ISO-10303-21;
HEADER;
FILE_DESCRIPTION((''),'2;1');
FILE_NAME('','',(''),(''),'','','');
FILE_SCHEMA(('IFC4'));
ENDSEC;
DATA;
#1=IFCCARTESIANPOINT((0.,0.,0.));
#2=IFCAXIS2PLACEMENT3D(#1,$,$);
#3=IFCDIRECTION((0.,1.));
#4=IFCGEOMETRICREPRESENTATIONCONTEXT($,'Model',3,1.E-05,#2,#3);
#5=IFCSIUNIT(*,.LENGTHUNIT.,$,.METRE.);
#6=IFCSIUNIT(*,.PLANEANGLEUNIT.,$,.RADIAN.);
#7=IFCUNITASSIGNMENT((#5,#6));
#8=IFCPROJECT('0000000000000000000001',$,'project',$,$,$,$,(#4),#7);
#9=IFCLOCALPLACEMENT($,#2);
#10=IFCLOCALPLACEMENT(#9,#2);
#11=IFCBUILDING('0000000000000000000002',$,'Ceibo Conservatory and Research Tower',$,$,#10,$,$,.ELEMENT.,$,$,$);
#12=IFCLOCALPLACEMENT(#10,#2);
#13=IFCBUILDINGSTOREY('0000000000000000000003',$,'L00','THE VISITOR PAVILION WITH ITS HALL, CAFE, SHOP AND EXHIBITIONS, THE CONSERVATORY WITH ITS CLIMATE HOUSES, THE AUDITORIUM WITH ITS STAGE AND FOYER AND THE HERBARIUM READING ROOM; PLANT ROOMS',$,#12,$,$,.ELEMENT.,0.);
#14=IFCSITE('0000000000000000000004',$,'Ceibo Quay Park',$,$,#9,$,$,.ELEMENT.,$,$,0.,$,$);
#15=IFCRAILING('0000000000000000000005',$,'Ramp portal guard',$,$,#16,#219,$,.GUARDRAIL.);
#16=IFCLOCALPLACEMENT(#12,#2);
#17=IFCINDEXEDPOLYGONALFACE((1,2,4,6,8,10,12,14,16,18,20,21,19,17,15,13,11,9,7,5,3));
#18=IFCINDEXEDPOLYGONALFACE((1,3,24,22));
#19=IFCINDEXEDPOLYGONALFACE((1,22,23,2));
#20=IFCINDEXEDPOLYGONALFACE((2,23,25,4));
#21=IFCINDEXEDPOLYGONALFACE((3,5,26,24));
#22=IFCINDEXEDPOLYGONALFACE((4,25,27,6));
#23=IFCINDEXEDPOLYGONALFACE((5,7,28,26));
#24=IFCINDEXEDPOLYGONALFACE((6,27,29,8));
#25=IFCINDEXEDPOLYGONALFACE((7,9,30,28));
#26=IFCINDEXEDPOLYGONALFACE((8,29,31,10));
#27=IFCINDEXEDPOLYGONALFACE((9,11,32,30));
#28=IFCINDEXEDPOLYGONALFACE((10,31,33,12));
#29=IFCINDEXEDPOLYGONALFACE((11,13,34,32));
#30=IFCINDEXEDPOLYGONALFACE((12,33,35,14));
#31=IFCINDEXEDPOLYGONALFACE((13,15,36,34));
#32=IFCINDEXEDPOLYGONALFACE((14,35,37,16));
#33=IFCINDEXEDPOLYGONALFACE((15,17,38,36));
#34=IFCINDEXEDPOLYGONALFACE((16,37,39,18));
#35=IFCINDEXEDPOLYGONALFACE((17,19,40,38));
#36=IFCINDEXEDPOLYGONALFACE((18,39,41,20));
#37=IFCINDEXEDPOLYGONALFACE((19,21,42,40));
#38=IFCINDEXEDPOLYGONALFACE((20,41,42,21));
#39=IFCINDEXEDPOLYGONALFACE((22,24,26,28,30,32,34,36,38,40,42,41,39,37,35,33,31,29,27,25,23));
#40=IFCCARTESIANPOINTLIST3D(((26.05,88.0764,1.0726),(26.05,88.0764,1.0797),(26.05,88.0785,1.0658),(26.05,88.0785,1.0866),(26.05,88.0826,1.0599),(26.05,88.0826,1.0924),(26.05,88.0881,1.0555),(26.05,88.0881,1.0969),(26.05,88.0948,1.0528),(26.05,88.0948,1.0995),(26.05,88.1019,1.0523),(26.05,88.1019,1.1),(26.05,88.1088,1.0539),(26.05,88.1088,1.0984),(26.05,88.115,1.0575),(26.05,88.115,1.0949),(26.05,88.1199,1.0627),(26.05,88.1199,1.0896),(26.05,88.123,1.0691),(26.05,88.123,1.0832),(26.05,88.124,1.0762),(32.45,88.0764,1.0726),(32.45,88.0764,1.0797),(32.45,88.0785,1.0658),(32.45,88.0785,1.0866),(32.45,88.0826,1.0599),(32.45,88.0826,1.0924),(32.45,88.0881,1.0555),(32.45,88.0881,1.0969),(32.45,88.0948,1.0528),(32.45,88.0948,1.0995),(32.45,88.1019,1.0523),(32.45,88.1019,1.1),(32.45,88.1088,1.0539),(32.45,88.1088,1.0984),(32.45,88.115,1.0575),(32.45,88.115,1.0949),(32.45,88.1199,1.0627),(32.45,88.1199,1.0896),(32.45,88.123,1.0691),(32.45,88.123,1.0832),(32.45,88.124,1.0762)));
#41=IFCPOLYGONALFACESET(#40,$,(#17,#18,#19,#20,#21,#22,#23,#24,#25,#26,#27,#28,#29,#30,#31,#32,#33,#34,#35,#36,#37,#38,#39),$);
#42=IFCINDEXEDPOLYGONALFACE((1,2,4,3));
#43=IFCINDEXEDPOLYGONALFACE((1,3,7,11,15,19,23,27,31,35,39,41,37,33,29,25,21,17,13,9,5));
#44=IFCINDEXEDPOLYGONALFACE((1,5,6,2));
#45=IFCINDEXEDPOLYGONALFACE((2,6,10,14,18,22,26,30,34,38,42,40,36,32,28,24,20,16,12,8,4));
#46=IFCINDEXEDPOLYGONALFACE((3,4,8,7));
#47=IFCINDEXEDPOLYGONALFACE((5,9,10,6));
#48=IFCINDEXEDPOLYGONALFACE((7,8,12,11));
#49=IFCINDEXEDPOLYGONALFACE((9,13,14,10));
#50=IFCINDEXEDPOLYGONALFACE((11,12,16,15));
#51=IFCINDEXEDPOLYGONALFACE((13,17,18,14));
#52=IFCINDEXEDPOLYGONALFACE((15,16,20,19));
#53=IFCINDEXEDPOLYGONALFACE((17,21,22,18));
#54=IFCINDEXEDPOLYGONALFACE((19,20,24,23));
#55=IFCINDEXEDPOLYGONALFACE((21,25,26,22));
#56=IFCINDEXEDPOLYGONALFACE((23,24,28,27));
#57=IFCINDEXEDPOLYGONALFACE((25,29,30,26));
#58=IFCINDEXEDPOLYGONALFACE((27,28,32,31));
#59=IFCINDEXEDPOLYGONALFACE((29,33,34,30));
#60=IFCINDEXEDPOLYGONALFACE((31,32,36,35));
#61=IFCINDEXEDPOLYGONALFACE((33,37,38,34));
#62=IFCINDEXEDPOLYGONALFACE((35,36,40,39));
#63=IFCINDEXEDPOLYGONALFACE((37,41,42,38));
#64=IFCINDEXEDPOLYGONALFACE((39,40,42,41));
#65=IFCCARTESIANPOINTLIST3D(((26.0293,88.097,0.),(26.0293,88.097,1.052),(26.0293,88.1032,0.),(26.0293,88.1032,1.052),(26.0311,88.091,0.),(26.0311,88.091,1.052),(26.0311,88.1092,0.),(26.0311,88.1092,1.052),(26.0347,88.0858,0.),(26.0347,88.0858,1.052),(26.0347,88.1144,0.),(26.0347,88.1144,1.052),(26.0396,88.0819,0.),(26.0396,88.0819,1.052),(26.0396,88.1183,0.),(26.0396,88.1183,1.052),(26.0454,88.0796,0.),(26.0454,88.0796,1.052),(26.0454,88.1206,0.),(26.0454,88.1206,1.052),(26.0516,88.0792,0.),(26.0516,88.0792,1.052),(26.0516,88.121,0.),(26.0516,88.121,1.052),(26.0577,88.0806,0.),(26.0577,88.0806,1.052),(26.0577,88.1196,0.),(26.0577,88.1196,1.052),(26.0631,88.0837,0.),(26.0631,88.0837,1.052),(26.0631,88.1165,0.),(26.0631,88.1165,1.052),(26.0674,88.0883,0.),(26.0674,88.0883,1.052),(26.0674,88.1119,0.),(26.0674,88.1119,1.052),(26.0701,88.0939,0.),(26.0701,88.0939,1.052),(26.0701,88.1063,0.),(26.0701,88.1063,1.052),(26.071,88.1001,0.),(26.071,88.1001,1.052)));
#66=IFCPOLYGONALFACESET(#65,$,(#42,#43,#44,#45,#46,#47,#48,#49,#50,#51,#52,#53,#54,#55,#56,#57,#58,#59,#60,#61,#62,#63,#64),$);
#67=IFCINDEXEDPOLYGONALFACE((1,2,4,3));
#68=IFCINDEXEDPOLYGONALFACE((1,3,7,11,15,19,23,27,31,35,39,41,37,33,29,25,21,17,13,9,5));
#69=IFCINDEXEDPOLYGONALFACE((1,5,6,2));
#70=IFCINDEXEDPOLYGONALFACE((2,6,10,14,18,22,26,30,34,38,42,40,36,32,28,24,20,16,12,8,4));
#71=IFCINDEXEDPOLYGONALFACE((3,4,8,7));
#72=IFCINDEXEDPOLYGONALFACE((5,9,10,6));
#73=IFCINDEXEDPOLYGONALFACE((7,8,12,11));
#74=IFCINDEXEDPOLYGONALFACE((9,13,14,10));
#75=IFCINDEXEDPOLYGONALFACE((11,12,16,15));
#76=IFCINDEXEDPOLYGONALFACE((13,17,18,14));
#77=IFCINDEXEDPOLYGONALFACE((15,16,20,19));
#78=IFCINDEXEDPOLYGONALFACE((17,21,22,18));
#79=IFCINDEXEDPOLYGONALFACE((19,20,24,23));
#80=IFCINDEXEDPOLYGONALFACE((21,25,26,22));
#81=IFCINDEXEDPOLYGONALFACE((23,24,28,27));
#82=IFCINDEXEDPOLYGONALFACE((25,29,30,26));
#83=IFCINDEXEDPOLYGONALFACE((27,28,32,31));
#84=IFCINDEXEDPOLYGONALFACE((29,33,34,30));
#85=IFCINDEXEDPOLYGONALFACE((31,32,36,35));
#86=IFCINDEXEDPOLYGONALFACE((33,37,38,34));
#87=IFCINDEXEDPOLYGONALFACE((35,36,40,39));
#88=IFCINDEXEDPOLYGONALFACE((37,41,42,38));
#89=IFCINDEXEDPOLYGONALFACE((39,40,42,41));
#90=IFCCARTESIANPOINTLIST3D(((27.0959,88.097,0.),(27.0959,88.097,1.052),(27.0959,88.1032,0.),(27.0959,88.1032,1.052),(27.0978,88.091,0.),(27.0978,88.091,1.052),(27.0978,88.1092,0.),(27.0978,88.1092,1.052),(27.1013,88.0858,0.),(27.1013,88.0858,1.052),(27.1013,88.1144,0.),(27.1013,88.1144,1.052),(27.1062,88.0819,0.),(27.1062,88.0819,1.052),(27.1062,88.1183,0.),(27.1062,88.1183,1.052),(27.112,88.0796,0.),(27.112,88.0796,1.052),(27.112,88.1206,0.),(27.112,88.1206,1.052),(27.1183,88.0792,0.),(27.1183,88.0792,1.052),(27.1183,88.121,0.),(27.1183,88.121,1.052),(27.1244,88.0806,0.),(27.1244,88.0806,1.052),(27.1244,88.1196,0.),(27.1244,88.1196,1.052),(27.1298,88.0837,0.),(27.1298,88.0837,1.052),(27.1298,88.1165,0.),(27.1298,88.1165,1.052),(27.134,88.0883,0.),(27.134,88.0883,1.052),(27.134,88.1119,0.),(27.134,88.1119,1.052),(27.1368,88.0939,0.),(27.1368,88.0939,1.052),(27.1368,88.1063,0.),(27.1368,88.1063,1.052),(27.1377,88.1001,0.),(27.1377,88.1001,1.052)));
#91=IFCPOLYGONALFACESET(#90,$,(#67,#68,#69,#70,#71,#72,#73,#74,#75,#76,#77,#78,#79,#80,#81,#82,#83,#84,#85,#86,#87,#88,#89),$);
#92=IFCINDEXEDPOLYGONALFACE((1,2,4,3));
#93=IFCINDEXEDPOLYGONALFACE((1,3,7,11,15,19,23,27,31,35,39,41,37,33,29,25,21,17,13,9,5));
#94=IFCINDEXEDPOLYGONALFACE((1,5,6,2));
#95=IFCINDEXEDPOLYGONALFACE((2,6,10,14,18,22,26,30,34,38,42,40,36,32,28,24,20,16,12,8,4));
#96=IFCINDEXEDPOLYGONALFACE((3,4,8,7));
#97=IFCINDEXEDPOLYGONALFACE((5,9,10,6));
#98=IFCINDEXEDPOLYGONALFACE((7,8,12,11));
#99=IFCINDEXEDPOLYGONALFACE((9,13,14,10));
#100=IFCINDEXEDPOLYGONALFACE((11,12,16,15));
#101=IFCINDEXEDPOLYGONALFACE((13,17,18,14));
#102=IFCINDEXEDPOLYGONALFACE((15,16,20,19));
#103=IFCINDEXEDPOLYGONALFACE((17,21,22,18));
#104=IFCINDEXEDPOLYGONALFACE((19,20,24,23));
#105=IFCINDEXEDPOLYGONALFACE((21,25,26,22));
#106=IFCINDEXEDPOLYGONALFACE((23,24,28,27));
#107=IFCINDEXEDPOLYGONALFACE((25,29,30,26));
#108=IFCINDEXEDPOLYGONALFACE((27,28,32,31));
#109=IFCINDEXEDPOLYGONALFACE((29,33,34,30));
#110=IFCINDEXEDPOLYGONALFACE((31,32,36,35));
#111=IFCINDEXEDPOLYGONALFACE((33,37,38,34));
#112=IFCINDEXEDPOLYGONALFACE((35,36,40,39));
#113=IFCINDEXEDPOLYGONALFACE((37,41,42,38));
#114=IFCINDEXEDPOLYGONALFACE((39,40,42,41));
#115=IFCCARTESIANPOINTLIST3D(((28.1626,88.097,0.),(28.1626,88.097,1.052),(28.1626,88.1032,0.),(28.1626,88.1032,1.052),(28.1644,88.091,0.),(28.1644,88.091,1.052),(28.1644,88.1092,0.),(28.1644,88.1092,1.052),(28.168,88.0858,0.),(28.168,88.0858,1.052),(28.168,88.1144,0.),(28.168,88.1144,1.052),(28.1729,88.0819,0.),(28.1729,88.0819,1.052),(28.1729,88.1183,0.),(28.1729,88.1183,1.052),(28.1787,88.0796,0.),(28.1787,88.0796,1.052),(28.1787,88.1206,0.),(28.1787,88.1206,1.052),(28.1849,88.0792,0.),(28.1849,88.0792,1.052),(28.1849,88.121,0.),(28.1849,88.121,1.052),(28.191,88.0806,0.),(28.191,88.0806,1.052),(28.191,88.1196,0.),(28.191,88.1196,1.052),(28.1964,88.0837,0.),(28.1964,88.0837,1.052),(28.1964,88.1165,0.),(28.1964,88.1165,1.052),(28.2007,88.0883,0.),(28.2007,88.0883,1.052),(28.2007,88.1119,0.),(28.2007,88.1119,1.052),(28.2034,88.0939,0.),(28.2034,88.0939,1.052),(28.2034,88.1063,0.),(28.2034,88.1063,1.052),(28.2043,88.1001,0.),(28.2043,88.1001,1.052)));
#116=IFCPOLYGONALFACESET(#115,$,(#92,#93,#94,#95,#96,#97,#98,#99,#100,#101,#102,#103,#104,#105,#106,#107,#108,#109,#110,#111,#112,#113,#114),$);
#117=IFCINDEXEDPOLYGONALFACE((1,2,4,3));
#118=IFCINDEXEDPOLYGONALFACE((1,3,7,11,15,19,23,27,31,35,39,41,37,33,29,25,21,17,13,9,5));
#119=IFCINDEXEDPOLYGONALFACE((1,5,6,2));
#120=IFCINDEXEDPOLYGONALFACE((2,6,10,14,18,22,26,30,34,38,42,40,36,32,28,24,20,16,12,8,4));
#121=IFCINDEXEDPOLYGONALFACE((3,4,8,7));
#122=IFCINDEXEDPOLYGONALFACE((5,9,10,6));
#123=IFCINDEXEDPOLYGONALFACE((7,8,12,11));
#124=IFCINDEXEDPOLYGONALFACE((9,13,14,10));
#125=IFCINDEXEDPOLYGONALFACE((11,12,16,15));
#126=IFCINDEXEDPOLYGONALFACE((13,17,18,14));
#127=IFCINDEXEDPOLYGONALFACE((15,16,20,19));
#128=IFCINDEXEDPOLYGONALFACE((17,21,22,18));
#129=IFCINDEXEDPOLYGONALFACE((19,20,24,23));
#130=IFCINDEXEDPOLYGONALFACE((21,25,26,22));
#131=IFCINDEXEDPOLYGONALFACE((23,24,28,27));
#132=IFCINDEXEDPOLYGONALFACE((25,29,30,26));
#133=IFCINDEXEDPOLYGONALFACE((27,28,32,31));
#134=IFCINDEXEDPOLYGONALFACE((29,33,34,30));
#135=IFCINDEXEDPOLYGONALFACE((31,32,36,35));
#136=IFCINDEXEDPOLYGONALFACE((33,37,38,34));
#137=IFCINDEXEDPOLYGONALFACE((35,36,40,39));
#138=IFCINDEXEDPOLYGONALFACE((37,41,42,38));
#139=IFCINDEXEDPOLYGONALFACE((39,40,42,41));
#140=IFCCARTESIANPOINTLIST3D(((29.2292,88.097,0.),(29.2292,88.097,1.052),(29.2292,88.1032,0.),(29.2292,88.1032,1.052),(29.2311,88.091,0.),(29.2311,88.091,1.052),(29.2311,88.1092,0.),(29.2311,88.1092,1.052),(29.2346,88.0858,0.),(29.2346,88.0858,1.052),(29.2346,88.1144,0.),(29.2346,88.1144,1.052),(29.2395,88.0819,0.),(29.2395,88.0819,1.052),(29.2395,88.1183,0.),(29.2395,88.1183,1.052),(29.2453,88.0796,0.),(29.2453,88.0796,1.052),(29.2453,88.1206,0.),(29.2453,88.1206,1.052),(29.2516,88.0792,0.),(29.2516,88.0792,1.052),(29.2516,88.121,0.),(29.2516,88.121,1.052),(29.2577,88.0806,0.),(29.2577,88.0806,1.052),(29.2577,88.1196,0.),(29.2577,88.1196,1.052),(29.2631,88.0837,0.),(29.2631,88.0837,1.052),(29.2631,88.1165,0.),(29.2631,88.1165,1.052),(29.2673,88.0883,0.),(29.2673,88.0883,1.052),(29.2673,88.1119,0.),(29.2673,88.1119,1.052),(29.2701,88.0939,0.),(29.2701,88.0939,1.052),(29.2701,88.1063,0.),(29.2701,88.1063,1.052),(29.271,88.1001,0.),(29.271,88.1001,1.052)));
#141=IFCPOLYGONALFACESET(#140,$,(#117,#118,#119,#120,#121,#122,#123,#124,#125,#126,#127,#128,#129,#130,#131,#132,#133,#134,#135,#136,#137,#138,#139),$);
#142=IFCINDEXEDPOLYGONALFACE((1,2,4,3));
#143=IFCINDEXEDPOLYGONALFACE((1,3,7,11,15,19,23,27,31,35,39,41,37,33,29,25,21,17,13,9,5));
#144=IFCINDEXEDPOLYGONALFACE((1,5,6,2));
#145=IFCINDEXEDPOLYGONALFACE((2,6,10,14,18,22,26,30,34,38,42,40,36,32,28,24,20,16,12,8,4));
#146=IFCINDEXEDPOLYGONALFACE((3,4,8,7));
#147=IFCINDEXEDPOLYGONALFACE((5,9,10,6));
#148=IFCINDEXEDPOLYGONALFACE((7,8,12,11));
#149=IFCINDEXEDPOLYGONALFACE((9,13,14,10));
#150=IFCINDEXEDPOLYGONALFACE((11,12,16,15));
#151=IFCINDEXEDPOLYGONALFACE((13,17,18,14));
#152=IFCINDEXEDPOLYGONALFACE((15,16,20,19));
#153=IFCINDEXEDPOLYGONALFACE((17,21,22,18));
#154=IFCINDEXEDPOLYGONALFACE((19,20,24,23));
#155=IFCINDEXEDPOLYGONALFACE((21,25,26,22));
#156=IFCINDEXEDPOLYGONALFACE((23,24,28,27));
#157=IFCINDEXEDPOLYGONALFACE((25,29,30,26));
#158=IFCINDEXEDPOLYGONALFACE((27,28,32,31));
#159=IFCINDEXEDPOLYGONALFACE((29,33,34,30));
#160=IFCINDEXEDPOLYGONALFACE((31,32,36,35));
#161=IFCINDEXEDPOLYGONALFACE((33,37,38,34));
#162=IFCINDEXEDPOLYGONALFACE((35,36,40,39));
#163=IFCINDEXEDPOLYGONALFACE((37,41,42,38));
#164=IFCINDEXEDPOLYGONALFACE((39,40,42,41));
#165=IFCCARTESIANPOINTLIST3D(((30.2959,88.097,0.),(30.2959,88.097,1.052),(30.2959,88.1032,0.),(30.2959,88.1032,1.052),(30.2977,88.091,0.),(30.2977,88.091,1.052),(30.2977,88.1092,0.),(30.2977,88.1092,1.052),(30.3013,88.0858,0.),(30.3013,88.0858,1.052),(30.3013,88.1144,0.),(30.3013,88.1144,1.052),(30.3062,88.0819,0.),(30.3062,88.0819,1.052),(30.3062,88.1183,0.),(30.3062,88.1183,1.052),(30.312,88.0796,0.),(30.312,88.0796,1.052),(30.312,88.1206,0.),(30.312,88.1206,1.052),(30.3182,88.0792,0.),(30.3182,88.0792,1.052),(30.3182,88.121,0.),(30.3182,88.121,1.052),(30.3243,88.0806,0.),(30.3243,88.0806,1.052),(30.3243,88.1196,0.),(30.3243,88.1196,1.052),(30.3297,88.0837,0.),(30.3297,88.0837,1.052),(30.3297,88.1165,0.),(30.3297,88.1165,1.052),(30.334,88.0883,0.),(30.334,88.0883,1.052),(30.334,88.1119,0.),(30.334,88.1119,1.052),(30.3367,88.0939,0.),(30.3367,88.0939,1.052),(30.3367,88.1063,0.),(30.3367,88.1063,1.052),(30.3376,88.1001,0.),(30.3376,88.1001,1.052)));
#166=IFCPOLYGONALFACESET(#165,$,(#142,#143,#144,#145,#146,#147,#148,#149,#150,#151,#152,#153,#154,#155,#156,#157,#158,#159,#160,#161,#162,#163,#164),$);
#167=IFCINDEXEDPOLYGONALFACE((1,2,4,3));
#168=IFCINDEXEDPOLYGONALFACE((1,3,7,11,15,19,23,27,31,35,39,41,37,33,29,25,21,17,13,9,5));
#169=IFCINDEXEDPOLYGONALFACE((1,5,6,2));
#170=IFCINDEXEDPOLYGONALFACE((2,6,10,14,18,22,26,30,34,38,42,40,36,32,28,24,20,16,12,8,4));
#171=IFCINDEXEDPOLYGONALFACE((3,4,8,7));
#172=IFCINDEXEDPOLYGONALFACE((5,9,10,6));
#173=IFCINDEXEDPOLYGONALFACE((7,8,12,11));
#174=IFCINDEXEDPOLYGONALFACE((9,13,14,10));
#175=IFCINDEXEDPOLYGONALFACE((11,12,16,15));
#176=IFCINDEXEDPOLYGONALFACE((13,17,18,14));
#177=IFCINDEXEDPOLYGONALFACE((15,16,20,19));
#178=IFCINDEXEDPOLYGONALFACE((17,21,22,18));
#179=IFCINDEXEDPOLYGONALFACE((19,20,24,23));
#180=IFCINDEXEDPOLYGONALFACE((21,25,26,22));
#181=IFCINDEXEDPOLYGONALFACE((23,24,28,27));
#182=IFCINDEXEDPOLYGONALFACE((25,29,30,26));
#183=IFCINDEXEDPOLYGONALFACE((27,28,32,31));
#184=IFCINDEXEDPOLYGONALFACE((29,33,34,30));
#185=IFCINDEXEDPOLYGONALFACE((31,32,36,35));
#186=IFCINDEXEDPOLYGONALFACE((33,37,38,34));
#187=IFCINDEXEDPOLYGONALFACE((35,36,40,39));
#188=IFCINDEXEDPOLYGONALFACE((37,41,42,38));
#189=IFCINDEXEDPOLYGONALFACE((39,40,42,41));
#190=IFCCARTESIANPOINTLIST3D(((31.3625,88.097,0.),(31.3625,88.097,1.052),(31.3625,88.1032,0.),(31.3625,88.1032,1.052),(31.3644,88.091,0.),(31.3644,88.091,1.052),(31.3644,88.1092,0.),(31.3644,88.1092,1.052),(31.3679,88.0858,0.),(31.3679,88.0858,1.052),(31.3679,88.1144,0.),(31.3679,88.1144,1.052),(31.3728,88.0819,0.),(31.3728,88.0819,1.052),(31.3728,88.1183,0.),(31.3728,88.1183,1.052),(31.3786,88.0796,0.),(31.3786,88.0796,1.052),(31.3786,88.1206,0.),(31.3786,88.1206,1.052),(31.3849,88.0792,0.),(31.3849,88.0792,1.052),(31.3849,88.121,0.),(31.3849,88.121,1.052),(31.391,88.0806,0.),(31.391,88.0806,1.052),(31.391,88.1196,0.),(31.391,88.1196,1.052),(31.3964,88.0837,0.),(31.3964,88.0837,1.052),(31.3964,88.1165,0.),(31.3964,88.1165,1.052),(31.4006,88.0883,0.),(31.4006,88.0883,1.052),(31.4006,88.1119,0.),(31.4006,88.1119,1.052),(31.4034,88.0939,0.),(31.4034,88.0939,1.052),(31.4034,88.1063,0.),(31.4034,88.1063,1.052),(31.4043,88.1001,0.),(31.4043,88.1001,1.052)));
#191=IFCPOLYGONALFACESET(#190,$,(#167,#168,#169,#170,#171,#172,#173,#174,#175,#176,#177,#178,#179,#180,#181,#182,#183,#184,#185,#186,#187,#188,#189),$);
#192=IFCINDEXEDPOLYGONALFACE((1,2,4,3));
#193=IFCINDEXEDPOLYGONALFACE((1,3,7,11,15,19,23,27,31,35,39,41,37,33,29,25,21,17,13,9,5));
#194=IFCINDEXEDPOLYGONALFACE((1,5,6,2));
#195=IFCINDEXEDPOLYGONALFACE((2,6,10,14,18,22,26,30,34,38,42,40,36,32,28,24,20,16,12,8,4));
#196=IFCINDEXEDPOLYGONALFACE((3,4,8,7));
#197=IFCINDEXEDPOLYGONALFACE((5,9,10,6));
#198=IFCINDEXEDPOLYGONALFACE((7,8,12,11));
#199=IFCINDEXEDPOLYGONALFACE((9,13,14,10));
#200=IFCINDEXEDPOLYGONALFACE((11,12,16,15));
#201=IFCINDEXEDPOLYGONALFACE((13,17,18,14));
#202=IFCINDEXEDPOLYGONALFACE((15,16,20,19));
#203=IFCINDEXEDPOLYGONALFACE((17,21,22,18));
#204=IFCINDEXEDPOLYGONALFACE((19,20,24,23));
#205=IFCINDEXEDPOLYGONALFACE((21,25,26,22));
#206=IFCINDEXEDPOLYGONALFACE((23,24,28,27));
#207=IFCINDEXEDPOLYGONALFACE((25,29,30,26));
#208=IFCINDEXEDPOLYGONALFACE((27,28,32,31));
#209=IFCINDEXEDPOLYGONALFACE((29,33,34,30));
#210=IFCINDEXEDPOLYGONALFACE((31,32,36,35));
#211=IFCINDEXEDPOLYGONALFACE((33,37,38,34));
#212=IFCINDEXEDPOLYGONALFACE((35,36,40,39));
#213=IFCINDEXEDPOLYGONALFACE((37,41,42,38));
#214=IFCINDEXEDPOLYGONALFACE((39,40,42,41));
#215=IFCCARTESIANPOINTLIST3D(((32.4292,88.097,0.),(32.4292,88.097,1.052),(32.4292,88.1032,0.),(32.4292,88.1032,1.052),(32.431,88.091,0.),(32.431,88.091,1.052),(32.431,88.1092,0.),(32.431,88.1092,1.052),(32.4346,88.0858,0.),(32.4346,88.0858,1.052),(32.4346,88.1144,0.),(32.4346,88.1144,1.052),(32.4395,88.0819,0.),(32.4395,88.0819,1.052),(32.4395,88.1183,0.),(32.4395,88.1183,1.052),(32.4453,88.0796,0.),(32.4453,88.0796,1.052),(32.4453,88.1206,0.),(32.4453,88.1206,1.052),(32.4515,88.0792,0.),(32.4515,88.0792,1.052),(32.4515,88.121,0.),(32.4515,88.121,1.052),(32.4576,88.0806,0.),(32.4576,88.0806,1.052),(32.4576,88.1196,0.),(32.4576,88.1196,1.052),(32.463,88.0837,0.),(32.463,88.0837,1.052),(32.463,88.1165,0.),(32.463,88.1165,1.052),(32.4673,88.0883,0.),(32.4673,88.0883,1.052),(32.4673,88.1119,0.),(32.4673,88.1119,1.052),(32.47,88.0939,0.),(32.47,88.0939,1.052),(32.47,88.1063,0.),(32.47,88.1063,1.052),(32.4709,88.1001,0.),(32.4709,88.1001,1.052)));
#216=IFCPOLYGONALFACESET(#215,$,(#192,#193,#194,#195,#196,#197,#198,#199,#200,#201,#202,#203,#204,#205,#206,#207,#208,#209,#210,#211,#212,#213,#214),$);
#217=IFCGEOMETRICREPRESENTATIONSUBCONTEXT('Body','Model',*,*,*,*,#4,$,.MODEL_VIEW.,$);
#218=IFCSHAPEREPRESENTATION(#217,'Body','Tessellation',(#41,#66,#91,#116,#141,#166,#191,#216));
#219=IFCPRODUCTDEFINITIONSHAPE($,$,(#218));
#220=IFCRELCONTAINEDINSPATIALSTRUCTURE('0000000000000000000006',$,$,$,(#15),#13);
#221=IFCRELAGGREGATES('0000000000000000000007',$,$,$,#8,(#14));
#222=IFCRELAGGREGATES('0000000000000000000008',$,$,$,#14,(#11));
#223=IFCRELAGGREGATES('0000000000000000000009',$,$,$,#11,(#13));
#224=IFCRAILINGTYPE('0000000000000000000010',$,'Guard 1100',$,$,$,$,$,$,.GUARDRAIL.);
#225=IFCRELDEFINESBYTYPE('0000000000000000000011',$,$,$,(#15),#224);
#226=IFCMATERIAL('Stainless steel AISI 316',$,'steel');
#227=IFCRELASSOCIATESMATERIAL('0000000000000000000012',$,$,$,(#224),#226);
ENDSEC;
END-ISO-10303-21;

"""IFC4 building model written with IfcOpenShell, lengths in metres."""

from ifc_helpers import new_model, si_unit, direction, frame, origin, origin_2d, place, context, subcontext, project, spatial, circle, extrude, material, type_object, element, save


model = new_model("IFC4")

# Units and contexts
model_context = context("Model", 3, precision=1e-05, world=origin(), true_north=direction((0.0, 1.0)))
body_context = subcontext(model_context, "Body", "Model", "MODEL_VIEW")
ifc_project = project(units=[si_unit("LENGTHUNIT", "METRE"), si_unit("PLANEANGLEUNIT", "RADIAN")], contexts=[model_context])

# Site, building, storey
site_placement = place(None, origin())
site = spatial("IfcSite", under=ifc_project, at=site_placement, Name="Ceibo Quay Park", CompositionType="ELEMENT", RefElevation=0.0)
building_placement = place(site_placement, origin())
building = spatial("IfcBuilding", under=site, at=building_placement, Name="Ceibo Conservatory and Research Tower", CompositionType="ELEMENT")
storey_placement = place(building_placement, origin())
storey = spatial("IfcBuildingStorey", under=building, at=storey_placement, Name="L00", Description="THE VISITOR PAVILION WITH ITS HALL, CAFE, SHOP AND EXHIBITIONS, THE CONSERVATORY WITH ITS CLIMATE HOUSES, THE AUDITORIUM WITH ITS STAGE AND FOYER AND THE HERBARIUM READING ROOM; PLANT ROOMS", CompositionType="ELEMENT", Elevation=0.0)

# Railing
ifc_material_1 = material(Name="Stainless steel AISI 316", Category="steel")
railing_type = type_object("IfcRailingType", Name="Guard 1100", PredefinedType="GUARDRAIL", material=ifc_material_1)
railing_placement = place(storey_placement, frame((26.05, 88.1001, 0.0)))
element("IfcRailing", 1, at=railing_placement, inside=storey, type_object=railing_type, Name="Ramp portal guard", PredefinedType="GUARDRAIL", context=body_context, shape_type="SweptSolid", body=[
    extrude(circle(Radius=0.0239, at=origin_2d()), frame((0.0, 0.0, 1.0762), z_axis=(1.0, 0.0, 0.0), x_axis=(0.0, 1.0, 0.0)), (0.0, 0.0, 1.0), 6.3999),
    extrude(circle(Radius=0.021, at=origin_2d()), origin(), (0.0, 0.0, 1.0), 1.052),
    extrude(circle(Radius=0.021, at=origin_2d()), frame((1.0667, 0.0, 0.0)), (0.0, 0.0, 1.0), 1.052),
    extrude(circle(Radius=0.021, at=origin_2d()), frame((2.1333, 0.0, 0.0)), (0.0, 0.0, 1.0), 1.052),
    extrude(circle(Radius=0.021, at=origin_2d()), frame((3.2, 0.0, 0.0)), (0.0, 0.0, 1.0), 1.052),
    extrude(circle(Radius=0.021, at=origin_2d()), frame((4.2666, 0.0, 0.0)), (0.0, 0.0, 1.0), 1.052),
    extrude(circle(Radius=0.021, at=origin_2d()), frame((5.3333, 0.0, 0.0)), (0.0, 0.0, 1.0), 1.052),
    extrude(circle(Radius=0.021, at=origin_2d()), frame((6.3999, 0.0, 0.0)), (0.0, 0.0, 1.0), 1.052),
])

save(model, "model.ifc")
